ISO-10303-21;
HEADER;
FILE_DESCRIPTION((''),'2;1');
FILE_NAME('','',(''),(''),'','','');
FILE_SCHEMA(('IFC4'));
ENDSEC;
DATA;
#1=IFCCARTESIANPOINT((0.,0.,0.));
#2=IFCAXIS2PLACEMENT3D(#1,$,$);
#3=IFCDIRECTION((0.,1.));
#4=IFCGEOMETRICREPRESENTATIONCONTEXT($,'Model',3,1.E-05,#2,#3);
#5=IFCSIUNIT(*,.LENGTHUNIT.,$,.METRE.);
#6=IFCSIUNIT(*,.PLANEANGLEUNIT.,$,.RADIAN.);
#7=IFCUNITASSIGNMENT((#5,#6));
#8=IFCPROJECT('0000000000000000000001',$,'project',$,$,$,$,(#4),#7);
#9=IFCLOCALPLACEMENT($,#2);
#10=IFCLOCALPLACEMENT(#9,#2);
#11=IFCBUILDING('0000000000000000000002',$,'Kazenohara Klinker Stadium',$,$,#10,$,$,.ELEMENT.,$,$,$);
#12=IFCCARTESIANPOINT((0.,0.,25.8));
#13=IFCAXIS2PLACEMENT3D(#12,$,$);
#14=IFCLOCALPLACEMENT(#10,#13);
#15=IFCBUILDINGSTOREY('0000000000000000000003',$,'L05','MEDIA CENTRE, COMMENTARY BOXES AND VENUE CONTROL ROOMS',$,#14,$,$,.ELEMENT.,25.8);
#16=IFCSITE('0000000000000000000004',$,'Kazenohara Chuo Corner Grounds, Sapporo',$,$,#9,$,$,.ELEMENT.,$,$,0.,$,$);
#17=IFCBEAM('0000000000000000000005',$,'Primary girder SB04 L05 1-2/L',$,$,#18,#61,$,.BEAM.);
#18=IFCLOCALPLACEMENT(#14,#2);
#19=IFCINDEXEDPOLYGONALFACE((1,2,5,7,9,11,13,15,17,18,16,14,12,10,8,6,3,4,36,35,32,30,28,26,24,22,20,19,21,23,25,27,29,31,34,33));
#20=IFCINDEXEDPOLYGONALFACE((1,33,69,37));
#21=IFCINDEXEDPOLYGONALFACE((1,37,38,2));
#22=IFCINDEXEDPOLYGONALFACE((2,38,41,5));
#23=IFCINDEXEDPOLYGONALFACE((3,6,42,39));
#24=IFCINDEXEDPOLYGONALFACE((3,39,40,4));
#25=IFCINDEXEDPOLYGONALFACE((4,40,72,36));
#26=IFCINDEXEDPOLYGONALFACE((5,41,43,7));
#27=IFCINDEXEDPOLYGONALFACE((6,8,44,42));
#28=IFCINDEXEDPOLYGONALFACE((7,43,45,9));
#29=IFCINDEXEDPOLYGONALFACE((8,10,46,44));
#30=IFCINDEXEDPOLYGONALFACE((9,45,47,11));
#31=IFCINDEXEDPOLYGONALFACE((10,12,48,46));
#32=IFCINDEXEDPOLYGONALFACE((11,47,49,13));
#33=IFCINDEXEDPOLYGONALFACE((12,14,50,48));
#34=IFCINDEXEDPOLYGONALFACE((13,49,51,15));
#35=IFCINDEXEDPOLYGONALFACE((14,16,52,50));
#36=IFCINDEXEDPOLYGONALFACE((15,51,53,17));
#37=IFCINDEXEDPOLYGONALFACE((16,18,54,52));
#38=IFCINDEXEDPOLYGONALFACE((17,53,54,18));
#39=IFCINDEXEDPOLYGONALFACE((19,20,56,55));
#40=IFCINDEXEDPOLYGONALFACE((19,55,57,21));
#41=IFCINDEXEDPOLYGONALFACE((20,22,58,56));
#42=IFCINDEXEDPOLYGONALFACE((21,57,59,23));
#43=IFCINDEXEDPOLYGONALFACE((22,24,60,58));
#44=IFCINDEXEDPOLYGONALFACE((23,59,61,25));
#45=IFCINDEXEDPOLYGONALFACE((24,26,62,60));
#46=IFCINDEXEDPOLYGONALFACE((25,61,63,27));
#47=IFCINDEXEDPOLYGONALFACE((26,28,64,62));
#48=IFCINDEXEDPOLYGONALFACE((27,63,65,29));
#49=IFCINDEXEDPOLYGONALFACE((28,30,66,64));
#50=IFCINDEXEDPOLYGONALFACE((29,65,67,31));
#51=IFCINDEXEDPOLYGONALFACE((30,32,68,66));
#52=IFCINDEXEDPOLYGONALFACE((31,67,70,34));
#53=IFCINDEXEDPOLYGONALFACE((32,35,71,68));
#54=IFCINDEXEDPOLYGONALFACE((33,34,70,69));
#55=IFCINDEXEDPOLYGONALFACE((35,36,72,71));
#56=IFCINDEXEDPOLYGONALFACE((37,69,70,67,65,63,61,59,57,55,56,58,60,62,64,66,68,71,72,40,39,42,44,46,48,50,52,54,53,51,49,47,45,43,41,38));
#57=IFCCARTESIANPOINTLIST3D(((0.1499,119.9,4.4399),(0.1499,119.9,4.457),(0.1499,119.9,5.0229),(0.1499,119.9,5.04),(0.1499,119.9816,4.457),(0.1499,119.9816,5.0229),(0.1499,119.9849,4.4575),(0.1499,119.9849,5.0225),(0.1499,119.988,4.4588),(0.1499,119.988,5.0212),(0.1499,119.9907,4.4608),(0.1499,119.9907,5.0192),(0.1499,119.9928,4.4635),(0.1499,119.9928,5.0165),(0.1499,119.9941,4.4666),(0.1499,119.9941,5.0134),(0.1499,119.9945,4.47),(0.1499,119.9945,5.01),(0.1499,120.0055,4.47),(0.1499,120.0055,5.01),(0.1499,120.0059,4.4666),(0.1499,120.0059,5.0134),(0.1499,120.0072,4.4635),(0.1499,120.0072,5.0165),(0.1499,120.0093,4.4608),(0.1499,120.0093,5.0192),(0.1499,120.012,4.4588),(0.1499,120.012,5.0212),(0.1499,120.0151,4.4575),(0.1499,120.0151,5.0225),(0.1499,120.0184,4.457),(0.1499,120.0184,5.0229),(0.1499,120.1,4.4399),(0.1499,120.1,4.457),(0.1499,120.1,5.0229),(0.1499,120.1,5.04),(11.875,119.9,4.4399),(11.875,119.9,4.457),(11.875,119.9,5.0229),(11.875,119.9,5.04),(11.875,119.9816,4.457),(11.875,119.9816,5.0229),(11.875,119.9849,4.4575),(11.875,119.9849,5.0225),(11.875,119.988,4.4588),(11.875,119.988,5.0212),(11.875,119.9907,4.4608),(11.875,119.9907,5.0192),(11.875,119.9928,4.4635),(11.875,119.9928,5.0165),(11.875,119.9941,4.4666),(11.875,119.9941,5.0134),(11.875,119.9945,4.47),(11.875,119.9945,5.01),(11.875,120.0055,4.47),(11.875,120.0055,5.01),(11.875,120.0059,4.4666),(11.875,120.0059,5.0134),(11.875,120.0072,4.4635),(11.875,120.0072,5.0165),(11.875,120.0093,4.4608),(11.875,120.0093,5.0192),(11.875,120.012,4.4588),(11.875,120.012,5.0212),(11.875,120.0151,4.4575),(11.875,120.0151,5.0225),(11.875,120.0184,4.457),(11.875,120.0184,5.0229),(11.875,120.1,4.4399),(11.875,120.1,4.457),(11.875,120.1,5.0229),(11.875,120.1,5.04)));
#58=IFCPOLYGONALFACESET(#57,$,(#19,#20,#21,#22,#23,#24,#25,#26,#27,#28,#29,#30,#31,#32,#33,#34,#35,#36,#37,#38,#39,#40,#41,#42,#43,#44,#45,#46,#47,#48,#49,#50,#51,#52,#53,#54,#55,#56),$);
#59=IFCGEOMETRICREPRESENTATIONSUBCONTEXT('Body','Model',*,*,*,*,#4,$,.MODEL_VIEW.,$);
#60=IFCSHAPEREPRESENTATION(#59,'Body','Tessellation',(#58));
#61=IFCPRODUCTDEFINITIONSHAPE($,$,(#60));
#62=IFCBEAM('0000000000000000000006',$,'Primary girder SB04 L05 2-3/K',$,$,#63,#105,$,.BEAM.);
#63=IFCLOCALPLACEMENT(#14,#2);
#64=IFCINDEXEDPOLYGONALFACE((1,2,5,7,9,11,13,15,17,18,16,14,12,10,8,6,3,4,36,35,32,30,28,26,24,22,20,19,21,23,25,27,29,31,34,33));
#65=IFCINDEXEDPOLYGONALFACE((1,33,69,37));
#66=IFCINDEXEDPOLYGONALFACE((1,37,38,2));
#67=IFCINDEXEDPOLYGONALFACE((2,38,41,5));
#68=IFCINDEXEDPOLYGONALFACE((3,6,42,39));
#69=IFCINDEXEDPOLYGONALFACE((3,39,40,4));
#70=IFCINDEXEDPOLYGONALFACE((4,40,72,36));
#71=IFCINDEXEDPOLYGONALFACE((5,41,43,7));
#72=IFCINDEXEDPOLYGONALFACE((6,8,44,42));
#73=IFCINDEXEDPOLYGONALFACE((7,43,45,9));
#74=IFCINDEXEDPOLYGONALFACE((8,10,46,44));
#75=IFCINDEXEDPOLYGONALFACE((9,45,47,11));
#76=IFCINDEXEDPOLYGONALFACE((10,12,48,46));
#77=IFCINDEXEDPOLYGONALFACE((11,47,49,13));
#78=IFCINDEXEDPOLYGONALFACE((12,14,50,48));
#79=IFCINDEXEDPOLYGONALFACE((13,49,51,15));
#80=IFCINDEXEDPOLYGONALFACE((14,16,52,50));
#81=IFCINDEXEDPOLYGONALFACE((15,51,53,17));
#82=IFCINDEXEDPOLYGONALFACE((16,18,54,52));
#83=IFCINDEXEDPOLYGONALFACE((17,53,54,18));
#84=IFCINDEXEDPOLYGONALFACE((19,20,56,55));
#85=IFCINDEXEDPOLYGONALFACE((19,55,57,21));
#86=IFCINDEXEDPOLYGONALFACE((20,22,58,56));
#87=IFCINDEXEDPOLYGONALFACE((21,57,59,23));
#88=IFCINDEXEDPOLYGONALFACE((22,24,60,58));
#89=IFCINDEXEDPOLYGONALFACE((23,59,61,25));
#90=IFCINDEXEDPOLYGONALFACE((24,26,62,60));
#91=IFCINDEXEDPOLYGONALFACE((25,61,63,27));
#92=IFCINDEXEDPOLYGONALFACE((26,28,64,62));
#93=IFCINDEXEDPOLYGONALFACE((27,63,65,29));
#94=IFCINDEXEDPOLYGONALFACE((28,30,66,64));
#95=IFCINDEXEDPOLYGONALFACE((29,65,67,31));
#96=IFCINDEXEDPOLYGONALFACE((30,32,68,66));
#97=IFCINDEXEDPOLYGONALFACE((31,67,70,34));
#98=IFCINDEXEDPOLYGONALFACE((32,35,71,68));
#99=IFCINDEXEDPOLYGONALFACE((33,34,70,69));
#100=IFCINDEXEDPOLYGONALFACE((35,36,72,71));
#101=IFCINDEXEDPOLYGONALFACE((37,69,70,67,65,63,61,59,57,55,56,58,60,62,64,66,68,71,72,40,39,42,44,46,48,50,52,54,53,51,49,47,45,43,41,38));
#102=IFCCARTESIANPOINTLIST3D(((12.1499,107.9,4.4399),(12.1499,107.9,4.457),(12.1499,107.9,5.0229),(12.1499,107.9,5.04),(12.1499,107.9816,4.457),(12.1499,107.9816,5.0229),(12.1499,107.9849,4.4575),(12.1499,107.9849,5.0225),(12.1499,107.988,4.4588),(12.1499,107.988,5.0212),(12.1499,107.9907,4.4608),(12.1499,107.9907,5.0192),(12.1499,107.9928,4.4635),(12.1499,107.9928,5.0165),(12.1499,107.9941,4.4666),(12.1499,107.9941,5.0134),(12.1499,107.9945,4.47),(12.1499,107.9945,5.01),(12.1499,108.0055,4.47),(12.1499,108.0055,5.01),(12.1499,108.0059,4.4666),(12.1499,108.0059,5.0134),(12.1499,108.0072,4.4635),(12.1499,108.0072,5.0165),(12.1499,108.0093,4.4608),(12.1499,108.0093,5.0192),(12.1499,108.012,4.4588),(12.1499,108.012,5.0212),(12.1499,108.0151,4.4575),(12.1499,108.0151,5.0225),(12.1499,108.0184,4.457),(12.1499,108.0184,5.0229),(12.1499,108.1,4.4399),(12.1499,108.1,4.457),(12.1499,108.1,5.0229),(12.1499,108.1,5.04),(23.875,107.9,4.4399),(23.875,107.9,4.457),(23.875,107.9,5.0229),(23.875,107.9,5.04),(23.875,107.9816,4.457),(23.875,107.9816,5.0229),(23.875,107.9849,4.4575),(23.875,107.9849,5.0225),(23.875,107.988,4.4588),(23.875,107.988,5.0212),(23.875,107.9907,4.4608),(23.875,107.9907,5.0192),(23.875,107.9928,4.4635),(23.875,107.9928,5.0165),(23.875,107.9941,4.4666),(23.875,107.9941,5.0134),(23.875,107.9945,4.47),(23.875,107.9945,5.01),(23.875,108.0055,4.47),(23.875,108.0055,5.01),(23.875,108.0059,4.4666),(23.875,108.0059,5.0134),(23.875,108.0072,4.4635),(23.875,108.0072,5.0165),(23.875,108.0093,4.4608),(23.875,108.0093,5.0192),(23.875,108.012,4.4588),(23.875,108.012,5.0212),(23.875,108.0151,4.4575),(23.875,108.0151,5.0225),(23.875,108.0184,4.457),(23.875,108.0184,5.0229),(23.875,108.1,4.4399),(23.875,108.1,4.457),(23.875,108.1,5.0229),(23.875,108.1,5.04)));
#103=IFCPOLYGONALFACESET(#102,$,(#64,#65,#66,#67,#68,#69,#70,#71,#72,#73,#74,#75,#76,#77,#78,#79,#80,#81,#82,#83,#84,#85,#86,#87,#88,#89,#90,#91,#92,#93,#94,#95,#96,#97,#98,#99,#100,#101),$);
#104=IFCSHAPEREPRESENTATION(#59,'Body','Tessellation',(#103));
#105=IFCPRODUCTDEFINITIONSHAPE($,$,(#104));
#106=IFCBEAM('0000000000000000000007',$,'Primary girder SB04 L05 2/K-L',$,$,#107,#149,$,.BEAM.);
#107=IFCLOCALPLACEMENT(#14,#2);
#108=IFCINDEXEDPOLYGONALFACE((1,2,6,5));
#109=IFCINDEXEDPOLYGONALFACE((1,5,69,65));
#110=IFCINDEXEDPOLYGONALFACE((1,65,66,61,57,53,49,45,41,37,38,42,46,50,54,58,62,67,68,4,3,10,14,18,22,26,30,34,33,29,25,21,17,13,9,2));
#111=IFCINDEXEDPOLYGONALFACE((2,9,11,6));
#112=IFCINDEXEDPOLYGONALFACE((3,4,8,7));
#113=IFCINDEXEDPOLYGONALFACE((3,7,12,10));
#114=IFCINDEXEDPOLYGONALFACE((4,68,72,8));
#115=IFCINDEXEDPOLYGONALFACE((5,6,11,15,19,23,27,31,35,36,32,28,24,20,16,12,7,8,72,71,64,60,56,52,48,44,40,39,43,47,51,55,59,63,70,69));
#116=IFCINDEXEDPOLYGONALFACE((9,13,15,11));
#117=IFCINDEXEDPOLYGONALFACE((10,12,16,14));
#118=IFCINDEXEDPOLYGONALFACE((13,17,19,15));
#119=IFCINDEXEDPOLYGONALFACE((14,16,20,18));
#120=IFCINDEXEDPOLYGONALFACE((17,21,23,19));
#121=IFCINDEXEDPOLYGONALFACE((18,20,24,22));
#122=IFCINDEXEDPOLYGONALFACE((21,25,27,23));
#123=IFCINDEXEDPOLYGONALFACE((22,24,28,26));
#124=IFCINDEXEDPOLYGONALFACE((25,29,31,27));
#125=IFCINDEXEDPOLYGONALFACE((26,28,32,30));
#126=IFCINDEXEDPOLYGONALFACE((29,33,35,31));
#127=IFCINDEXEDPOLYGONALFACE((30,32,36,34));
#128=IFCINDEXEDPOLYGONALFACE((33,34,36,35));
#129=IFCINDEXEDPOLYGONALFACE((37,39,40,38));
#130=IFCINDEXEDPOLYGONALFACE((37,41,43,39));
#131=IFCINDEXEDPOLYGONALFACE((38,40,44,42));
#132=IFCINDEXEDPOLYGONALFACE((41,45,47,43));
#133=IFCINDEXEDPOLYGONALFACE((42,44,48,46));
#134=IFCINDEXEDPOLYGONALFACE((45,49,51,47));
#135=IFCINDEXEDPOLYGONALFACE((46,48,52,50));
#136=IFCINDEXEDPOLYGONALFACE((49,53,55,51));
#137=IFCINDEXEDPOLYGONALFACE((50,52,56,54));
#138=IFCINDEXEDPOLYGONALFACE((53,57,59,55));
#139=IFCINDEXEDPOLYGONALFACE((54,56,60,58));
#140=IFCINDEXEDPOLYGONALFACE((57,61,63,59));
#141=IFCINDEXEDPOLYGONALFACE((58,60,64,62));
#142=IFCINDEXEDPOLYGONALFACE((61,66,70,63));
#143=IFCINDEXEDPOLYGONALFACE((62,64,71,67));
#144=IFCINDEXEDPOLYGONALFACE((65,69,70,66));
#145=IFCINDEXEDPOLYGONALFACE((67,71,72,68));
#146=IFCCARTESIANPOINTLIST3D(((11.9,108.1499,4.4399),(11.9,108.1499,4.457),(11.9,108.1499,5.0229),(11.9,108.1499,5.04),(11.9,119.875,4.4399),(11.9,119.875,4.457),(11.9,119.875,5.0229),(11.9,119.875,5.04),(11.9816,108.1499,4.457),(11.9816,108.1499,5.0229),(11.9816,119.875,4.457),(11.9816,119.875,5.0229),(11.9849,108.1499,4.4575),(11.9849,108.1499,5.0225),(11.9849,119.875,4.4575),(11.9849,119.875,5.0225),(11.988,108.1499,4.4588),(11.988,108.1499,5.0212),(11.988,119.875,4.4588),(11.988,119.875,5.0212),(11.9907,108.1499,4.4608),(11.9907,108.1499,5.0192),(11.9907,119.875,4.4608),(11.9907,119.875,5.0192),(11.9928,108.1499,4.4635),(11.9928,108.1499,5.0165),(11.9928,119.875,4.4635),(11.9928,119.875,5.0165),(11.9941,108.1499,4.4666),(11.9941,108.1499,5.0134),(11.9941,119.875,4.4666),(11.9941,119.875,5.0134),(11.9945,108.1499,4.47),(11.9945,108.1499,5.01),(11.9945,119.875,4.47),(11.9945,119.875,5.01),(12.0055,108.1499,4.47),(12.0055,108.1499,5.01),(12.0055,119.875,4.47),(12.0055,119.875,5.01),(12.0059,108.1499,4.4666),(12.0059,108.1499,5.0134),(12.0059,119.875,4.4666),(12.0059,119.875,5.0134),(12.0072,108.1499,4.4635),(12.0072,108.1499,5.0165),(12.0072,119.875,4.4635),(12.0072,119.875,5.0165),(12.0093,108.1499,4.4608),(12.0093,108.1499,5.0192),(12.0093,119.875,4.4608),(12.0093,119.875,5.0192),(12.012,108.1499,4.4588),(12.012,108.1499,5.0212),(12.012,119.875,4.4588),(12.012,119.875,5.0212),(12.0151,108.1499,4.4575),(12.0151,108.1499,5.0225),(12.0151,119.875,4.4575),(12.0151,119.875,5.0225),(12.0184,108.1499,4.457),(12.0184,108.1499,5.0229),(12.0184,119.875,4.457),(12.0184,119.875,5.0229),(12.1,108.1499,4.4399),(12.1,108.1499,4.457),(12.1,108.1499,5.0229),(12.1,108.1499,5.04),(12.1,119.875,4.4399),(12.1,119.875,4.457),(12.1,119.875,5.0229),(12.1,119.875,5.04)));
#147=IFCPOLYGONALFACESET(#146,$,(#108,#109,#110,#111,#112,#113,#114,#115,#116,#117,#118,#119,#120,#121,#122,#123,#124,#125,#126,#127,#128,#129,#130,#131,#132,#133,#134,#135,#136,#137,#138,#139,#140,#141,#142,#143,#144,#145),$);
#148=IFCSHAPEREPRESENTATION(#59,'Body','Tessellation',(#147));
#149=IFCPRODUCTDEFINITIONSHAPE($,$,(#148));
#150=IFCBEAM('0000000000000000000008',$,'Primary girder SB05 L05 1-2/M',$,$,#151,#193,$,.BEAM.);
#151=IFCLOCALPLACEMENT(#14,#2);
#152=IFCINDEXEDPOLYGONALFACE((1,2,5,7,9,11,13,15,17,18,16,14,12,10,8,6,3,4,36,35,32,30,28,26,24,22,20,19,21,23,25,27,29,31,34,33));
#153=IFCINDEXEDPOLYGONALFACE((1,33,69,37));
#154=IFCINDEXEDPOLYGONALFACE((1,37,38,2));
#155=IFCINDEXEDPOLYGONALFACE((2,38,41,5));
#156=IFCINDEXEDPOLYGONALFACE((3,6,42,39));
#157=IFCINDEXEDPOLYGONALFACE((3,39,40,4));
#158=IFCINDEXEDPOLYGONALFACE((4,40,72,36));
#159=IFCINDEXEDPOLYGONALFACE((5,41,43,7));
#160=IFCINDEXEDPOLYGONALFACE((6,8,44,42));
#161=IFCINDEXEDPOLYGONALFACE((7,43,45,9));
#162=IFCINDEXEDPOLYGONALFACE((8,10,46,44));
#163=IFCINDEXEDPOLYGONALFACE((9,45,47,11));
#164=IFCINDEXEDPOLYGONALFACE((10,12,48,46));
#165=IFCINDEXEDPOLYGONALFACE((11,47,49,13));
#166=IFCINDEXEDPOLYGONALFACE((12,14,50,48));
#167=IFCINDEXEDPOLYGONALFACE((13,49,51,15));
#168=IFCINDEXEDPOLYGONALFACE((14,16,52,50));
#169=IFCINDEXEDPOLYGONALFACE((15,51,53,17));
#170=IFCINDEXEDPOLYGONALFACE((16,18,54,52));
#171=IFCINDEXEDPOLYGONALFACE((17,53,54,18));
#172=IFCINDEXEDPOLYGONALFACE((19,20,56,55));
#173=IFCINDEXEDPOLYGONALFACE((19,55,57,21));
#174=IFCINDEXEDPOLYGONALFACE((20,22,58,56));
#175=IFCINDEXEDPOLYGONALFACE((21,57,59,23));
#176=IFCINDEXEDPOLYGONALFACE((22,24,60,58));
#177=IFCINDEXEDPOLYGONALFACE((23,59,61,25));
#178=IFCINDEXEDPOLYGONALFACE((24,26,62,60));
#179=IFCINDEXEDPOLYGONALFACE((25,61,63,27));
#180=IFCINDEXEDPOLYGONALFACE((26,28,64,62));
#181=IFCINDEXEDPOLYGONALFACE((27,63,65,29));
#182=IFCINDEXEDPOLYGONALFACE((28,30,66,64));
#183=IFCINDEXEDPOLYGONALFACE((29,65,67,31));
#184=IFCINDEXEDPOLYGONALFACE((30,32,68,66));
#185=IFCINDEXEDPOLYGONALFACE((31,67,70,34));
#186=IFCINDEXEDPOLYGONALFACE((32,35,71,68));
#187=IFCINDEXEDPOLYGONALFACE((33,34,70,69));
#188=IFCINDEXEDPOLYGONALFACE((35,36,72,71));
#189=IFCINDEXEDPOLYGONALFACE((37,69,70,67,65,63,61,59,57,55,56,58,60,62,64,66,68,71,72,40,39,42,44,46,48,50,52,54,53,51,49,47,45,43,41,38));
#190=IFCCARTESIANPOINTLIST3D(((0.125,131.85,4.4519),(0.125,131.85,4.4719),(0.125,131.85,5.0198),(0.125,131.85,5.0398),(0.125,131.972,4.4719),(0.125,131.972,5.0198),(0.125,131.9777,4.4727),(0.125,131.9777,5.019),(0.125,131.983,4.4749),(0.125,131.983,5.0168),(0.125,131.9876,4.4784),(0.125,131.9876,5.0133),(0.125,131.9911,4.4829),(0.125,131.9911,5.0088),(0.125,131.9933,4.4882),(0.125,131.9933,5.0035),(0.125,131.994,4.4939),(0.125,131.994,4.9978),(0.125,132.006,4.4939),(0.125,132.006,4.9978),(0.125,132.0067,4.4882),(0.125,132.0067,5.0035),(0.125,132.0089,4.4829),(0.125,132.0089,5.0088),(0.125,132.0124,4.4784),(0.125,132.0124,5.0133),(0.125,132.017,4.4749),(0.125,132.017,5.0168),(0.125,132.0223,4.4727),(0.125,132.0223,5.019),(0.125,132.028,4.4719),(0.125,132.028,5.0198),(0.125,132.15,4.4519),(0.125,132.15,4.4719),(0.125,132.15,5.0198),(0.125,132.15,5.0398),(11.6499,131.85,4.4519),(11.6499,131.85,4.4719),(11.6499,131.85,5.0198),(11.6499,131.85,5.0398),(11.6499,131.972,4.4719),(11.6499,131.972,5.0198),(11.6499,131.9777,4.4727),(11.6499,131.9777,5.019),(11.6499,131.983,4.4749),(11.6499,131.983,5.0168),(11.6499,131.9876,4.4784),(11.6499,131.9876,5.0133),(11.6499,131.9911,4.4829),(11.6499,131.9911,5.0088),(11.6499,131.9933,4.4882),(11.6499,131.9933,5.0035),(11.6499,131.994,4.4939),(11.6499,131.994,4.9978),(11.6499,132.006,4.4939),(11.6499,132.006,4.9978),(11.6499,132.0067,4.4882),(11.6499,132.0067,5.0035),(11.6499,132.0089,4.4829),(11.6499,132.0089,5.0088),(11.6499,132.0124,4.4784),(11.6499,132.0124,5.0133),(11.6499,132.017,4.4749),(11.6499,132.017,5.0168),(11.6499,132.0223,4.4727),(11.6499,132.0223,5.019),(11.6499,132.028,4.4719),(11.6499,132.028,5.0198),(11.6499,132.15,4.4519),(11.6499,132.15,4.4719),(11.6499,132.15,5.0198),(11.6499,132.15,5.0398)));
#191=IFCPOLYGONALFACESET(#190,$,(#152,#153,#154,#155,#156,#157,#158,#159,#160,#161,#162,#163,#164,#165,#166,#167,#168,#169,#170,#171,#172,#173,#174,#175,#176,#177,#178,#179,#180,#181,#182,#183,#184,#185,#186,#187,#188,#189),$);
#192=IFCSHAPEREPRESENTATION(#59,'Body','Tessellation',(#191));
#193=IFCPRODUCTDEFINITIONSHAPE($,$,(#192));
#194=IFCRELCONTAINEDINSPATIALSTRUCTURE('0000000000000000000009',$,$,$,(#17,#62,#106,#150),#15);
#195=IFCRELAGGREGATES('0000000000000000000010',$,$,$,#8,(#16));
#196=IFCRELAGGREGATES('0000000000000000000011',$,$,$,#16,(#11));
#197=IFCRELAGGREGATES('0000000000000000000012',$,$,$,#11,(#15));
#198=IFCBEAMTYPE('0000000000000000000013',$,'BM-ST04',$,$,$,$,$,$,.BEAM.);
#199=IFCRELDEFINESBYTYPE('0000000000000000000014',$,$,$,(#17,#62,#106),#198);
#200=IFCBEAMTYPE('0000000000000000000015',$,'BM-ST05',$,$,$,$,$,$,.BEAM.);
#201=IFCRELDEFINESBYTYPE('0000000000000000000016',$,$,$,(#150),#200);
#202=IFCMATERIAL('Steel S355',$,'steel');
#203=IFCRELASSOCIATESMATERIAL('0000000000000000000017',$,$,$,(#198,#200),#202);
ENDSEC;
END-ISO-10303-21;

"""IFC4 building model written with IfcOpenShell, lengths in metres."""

from ifc_helpers import new_model, si_unit, direction, frame, origin, origin_2d, place, context, subcontext, project, spatial, i_section, extrude, material, material_profile, profile_set, type_object, element, save


model = new_model("IFC4")

# Units and contexts
model_context = context("Model", 3, precision=1e-05, world=origin(), true_north=direction((0.0, 1.0)))
body_context = subcontext(model_context, "Body", "Model", "MODEL_VIEW")
ifc_project = project(units=[si_unit("LENGTHUNIT", "METRE"), si_unit("PLANEANGLEUNIT", "RADIAN")], contexts=[model_context])

# Site, building, storey
site_placement = place(None, origin())
site = spatial("IfcSite", under=ifc_project, at=site_placement, Name="Kazenohara Chuo Corner Grounds, Sapporo", CompositionType="ELEMENT", RefElevation=0.0)
building_placement = place(site_placement, origin())
building = spatial("IfcBuilding", under=site, at=building_placement, Name="Kazenohara Klinker Stadium", CompositionType="ELEMENT")
storey_placement = place(building_placement, frame((0.0, 0.0, 25.8)))
storey = spatial("IfcBuildingStorey", under=building, at=storey_placement, Name="L05", Description="MEDIA CENTRE, COMMENTARY BOXES AND VENUE CONTROL ROOMS", CompositionType="ELEMENT", Elevation=25.8)

# Shared definitions
ifc_material_1 = material(Name="Steel S355", Category="steel")

# Beams
ifc_material_profile_1 = material_profile(ifc_material_1, i_section(OverallWidth=0.2, OverallDepth=0.6001, WebThickness=0.011, FlangeThickness=0.0171, FilletRadius=0.0129, at=origin_2d()), Name="H-600x200x11x17")
ifc_profile_set_1 = profile_set([ifc_material_profile_1], Name="Steel S355")
beam_type_1 = type_object("IfcBeamType", Name="BM-ST04", PredefinedType="BEAM", material=ifc_profile_set_1)
for number, where, z_axis, x_axis, name in (
    (1, (0.1499, 120.0, 4.74), (1.0, 0.0, 0.0), (0.0, 1.0, 0.0), "Primary girder SB04 L05 1-2/L"),
    (2, (12.1499, 108.0, 4.74), (1.0, 0.0, 0.0), (0.0, 1.0, 0.0), "Primary girder SB04 L05 2-3/K"),
    (3, (12.0, 108.1499, 4.74), (0.0, 1.0, 0.0), (-1.0, 0.0, 0.0), "Primary girder SB04 L05 2/K-L"),
):
    element("IfcBeam", number, at=place(storey_placement, frame(where, z_axis=z_axis, x_axis=x_axis)), inside=storey, type_object=beam_type_1, Name=name, PredefinedType="BEAM", context=body_context, shape_type="SweptSolid", body=[
        extrude(i_section(OverallWidth=0.2, OverallDepth=0.6001, WebThickness=0.011, FlangeThickness=0.0171, FilletRadius=0.0129, at=origin_2d()), origin(), (0.0, 0.0, 1.0), 11.7251),
    ])
ifc_material_profile_2 = material_profile(ifc_material_1, i_section(OverallWidth=0.3, OverallDepth=0.5879, WebThickness=0.012, FlangeThickness=0.02, FilletRadius=0.022, at=origin_2d()), Name="H-588x300x12x20")
ifc_profile_set_2 = profile_set([ifc_material_profile_2], Name="Steel S355")
beam_type_2 = type_object("IfcBeamType", Name="BM-ST05", PredefinedType="BEAM", material=ifc_profile_set_2)
for number, where, z_axis, x_axis, name in (
    (4, (0.125, 132.0, 4.7458), (1.0, 0.0, 0.0), (0.0, 1.0, 0.0), "Primary girder SB05 L05 1-2/M"),
):
    element("IfcBeam", number, at=place(storey_placement, frame(where, z_axis=z_axis, x_axis=x_axis)), inside=storey, type_object=beam_type_2, Name=name, PredefinedType="BEAM", context=body_context, shape_type="SweptSolid", body=[
        extrude(i_section(OverallWidth=0.3, OverallDepth=0.5879, WebThickness=0.012, FlangeThickness=0.02, FilletRadius=0.022, at=origin_2d()), origin(), (0.0, 0.0, 1.0), 11.5249),
    ])

save(model, "model.ifc")
